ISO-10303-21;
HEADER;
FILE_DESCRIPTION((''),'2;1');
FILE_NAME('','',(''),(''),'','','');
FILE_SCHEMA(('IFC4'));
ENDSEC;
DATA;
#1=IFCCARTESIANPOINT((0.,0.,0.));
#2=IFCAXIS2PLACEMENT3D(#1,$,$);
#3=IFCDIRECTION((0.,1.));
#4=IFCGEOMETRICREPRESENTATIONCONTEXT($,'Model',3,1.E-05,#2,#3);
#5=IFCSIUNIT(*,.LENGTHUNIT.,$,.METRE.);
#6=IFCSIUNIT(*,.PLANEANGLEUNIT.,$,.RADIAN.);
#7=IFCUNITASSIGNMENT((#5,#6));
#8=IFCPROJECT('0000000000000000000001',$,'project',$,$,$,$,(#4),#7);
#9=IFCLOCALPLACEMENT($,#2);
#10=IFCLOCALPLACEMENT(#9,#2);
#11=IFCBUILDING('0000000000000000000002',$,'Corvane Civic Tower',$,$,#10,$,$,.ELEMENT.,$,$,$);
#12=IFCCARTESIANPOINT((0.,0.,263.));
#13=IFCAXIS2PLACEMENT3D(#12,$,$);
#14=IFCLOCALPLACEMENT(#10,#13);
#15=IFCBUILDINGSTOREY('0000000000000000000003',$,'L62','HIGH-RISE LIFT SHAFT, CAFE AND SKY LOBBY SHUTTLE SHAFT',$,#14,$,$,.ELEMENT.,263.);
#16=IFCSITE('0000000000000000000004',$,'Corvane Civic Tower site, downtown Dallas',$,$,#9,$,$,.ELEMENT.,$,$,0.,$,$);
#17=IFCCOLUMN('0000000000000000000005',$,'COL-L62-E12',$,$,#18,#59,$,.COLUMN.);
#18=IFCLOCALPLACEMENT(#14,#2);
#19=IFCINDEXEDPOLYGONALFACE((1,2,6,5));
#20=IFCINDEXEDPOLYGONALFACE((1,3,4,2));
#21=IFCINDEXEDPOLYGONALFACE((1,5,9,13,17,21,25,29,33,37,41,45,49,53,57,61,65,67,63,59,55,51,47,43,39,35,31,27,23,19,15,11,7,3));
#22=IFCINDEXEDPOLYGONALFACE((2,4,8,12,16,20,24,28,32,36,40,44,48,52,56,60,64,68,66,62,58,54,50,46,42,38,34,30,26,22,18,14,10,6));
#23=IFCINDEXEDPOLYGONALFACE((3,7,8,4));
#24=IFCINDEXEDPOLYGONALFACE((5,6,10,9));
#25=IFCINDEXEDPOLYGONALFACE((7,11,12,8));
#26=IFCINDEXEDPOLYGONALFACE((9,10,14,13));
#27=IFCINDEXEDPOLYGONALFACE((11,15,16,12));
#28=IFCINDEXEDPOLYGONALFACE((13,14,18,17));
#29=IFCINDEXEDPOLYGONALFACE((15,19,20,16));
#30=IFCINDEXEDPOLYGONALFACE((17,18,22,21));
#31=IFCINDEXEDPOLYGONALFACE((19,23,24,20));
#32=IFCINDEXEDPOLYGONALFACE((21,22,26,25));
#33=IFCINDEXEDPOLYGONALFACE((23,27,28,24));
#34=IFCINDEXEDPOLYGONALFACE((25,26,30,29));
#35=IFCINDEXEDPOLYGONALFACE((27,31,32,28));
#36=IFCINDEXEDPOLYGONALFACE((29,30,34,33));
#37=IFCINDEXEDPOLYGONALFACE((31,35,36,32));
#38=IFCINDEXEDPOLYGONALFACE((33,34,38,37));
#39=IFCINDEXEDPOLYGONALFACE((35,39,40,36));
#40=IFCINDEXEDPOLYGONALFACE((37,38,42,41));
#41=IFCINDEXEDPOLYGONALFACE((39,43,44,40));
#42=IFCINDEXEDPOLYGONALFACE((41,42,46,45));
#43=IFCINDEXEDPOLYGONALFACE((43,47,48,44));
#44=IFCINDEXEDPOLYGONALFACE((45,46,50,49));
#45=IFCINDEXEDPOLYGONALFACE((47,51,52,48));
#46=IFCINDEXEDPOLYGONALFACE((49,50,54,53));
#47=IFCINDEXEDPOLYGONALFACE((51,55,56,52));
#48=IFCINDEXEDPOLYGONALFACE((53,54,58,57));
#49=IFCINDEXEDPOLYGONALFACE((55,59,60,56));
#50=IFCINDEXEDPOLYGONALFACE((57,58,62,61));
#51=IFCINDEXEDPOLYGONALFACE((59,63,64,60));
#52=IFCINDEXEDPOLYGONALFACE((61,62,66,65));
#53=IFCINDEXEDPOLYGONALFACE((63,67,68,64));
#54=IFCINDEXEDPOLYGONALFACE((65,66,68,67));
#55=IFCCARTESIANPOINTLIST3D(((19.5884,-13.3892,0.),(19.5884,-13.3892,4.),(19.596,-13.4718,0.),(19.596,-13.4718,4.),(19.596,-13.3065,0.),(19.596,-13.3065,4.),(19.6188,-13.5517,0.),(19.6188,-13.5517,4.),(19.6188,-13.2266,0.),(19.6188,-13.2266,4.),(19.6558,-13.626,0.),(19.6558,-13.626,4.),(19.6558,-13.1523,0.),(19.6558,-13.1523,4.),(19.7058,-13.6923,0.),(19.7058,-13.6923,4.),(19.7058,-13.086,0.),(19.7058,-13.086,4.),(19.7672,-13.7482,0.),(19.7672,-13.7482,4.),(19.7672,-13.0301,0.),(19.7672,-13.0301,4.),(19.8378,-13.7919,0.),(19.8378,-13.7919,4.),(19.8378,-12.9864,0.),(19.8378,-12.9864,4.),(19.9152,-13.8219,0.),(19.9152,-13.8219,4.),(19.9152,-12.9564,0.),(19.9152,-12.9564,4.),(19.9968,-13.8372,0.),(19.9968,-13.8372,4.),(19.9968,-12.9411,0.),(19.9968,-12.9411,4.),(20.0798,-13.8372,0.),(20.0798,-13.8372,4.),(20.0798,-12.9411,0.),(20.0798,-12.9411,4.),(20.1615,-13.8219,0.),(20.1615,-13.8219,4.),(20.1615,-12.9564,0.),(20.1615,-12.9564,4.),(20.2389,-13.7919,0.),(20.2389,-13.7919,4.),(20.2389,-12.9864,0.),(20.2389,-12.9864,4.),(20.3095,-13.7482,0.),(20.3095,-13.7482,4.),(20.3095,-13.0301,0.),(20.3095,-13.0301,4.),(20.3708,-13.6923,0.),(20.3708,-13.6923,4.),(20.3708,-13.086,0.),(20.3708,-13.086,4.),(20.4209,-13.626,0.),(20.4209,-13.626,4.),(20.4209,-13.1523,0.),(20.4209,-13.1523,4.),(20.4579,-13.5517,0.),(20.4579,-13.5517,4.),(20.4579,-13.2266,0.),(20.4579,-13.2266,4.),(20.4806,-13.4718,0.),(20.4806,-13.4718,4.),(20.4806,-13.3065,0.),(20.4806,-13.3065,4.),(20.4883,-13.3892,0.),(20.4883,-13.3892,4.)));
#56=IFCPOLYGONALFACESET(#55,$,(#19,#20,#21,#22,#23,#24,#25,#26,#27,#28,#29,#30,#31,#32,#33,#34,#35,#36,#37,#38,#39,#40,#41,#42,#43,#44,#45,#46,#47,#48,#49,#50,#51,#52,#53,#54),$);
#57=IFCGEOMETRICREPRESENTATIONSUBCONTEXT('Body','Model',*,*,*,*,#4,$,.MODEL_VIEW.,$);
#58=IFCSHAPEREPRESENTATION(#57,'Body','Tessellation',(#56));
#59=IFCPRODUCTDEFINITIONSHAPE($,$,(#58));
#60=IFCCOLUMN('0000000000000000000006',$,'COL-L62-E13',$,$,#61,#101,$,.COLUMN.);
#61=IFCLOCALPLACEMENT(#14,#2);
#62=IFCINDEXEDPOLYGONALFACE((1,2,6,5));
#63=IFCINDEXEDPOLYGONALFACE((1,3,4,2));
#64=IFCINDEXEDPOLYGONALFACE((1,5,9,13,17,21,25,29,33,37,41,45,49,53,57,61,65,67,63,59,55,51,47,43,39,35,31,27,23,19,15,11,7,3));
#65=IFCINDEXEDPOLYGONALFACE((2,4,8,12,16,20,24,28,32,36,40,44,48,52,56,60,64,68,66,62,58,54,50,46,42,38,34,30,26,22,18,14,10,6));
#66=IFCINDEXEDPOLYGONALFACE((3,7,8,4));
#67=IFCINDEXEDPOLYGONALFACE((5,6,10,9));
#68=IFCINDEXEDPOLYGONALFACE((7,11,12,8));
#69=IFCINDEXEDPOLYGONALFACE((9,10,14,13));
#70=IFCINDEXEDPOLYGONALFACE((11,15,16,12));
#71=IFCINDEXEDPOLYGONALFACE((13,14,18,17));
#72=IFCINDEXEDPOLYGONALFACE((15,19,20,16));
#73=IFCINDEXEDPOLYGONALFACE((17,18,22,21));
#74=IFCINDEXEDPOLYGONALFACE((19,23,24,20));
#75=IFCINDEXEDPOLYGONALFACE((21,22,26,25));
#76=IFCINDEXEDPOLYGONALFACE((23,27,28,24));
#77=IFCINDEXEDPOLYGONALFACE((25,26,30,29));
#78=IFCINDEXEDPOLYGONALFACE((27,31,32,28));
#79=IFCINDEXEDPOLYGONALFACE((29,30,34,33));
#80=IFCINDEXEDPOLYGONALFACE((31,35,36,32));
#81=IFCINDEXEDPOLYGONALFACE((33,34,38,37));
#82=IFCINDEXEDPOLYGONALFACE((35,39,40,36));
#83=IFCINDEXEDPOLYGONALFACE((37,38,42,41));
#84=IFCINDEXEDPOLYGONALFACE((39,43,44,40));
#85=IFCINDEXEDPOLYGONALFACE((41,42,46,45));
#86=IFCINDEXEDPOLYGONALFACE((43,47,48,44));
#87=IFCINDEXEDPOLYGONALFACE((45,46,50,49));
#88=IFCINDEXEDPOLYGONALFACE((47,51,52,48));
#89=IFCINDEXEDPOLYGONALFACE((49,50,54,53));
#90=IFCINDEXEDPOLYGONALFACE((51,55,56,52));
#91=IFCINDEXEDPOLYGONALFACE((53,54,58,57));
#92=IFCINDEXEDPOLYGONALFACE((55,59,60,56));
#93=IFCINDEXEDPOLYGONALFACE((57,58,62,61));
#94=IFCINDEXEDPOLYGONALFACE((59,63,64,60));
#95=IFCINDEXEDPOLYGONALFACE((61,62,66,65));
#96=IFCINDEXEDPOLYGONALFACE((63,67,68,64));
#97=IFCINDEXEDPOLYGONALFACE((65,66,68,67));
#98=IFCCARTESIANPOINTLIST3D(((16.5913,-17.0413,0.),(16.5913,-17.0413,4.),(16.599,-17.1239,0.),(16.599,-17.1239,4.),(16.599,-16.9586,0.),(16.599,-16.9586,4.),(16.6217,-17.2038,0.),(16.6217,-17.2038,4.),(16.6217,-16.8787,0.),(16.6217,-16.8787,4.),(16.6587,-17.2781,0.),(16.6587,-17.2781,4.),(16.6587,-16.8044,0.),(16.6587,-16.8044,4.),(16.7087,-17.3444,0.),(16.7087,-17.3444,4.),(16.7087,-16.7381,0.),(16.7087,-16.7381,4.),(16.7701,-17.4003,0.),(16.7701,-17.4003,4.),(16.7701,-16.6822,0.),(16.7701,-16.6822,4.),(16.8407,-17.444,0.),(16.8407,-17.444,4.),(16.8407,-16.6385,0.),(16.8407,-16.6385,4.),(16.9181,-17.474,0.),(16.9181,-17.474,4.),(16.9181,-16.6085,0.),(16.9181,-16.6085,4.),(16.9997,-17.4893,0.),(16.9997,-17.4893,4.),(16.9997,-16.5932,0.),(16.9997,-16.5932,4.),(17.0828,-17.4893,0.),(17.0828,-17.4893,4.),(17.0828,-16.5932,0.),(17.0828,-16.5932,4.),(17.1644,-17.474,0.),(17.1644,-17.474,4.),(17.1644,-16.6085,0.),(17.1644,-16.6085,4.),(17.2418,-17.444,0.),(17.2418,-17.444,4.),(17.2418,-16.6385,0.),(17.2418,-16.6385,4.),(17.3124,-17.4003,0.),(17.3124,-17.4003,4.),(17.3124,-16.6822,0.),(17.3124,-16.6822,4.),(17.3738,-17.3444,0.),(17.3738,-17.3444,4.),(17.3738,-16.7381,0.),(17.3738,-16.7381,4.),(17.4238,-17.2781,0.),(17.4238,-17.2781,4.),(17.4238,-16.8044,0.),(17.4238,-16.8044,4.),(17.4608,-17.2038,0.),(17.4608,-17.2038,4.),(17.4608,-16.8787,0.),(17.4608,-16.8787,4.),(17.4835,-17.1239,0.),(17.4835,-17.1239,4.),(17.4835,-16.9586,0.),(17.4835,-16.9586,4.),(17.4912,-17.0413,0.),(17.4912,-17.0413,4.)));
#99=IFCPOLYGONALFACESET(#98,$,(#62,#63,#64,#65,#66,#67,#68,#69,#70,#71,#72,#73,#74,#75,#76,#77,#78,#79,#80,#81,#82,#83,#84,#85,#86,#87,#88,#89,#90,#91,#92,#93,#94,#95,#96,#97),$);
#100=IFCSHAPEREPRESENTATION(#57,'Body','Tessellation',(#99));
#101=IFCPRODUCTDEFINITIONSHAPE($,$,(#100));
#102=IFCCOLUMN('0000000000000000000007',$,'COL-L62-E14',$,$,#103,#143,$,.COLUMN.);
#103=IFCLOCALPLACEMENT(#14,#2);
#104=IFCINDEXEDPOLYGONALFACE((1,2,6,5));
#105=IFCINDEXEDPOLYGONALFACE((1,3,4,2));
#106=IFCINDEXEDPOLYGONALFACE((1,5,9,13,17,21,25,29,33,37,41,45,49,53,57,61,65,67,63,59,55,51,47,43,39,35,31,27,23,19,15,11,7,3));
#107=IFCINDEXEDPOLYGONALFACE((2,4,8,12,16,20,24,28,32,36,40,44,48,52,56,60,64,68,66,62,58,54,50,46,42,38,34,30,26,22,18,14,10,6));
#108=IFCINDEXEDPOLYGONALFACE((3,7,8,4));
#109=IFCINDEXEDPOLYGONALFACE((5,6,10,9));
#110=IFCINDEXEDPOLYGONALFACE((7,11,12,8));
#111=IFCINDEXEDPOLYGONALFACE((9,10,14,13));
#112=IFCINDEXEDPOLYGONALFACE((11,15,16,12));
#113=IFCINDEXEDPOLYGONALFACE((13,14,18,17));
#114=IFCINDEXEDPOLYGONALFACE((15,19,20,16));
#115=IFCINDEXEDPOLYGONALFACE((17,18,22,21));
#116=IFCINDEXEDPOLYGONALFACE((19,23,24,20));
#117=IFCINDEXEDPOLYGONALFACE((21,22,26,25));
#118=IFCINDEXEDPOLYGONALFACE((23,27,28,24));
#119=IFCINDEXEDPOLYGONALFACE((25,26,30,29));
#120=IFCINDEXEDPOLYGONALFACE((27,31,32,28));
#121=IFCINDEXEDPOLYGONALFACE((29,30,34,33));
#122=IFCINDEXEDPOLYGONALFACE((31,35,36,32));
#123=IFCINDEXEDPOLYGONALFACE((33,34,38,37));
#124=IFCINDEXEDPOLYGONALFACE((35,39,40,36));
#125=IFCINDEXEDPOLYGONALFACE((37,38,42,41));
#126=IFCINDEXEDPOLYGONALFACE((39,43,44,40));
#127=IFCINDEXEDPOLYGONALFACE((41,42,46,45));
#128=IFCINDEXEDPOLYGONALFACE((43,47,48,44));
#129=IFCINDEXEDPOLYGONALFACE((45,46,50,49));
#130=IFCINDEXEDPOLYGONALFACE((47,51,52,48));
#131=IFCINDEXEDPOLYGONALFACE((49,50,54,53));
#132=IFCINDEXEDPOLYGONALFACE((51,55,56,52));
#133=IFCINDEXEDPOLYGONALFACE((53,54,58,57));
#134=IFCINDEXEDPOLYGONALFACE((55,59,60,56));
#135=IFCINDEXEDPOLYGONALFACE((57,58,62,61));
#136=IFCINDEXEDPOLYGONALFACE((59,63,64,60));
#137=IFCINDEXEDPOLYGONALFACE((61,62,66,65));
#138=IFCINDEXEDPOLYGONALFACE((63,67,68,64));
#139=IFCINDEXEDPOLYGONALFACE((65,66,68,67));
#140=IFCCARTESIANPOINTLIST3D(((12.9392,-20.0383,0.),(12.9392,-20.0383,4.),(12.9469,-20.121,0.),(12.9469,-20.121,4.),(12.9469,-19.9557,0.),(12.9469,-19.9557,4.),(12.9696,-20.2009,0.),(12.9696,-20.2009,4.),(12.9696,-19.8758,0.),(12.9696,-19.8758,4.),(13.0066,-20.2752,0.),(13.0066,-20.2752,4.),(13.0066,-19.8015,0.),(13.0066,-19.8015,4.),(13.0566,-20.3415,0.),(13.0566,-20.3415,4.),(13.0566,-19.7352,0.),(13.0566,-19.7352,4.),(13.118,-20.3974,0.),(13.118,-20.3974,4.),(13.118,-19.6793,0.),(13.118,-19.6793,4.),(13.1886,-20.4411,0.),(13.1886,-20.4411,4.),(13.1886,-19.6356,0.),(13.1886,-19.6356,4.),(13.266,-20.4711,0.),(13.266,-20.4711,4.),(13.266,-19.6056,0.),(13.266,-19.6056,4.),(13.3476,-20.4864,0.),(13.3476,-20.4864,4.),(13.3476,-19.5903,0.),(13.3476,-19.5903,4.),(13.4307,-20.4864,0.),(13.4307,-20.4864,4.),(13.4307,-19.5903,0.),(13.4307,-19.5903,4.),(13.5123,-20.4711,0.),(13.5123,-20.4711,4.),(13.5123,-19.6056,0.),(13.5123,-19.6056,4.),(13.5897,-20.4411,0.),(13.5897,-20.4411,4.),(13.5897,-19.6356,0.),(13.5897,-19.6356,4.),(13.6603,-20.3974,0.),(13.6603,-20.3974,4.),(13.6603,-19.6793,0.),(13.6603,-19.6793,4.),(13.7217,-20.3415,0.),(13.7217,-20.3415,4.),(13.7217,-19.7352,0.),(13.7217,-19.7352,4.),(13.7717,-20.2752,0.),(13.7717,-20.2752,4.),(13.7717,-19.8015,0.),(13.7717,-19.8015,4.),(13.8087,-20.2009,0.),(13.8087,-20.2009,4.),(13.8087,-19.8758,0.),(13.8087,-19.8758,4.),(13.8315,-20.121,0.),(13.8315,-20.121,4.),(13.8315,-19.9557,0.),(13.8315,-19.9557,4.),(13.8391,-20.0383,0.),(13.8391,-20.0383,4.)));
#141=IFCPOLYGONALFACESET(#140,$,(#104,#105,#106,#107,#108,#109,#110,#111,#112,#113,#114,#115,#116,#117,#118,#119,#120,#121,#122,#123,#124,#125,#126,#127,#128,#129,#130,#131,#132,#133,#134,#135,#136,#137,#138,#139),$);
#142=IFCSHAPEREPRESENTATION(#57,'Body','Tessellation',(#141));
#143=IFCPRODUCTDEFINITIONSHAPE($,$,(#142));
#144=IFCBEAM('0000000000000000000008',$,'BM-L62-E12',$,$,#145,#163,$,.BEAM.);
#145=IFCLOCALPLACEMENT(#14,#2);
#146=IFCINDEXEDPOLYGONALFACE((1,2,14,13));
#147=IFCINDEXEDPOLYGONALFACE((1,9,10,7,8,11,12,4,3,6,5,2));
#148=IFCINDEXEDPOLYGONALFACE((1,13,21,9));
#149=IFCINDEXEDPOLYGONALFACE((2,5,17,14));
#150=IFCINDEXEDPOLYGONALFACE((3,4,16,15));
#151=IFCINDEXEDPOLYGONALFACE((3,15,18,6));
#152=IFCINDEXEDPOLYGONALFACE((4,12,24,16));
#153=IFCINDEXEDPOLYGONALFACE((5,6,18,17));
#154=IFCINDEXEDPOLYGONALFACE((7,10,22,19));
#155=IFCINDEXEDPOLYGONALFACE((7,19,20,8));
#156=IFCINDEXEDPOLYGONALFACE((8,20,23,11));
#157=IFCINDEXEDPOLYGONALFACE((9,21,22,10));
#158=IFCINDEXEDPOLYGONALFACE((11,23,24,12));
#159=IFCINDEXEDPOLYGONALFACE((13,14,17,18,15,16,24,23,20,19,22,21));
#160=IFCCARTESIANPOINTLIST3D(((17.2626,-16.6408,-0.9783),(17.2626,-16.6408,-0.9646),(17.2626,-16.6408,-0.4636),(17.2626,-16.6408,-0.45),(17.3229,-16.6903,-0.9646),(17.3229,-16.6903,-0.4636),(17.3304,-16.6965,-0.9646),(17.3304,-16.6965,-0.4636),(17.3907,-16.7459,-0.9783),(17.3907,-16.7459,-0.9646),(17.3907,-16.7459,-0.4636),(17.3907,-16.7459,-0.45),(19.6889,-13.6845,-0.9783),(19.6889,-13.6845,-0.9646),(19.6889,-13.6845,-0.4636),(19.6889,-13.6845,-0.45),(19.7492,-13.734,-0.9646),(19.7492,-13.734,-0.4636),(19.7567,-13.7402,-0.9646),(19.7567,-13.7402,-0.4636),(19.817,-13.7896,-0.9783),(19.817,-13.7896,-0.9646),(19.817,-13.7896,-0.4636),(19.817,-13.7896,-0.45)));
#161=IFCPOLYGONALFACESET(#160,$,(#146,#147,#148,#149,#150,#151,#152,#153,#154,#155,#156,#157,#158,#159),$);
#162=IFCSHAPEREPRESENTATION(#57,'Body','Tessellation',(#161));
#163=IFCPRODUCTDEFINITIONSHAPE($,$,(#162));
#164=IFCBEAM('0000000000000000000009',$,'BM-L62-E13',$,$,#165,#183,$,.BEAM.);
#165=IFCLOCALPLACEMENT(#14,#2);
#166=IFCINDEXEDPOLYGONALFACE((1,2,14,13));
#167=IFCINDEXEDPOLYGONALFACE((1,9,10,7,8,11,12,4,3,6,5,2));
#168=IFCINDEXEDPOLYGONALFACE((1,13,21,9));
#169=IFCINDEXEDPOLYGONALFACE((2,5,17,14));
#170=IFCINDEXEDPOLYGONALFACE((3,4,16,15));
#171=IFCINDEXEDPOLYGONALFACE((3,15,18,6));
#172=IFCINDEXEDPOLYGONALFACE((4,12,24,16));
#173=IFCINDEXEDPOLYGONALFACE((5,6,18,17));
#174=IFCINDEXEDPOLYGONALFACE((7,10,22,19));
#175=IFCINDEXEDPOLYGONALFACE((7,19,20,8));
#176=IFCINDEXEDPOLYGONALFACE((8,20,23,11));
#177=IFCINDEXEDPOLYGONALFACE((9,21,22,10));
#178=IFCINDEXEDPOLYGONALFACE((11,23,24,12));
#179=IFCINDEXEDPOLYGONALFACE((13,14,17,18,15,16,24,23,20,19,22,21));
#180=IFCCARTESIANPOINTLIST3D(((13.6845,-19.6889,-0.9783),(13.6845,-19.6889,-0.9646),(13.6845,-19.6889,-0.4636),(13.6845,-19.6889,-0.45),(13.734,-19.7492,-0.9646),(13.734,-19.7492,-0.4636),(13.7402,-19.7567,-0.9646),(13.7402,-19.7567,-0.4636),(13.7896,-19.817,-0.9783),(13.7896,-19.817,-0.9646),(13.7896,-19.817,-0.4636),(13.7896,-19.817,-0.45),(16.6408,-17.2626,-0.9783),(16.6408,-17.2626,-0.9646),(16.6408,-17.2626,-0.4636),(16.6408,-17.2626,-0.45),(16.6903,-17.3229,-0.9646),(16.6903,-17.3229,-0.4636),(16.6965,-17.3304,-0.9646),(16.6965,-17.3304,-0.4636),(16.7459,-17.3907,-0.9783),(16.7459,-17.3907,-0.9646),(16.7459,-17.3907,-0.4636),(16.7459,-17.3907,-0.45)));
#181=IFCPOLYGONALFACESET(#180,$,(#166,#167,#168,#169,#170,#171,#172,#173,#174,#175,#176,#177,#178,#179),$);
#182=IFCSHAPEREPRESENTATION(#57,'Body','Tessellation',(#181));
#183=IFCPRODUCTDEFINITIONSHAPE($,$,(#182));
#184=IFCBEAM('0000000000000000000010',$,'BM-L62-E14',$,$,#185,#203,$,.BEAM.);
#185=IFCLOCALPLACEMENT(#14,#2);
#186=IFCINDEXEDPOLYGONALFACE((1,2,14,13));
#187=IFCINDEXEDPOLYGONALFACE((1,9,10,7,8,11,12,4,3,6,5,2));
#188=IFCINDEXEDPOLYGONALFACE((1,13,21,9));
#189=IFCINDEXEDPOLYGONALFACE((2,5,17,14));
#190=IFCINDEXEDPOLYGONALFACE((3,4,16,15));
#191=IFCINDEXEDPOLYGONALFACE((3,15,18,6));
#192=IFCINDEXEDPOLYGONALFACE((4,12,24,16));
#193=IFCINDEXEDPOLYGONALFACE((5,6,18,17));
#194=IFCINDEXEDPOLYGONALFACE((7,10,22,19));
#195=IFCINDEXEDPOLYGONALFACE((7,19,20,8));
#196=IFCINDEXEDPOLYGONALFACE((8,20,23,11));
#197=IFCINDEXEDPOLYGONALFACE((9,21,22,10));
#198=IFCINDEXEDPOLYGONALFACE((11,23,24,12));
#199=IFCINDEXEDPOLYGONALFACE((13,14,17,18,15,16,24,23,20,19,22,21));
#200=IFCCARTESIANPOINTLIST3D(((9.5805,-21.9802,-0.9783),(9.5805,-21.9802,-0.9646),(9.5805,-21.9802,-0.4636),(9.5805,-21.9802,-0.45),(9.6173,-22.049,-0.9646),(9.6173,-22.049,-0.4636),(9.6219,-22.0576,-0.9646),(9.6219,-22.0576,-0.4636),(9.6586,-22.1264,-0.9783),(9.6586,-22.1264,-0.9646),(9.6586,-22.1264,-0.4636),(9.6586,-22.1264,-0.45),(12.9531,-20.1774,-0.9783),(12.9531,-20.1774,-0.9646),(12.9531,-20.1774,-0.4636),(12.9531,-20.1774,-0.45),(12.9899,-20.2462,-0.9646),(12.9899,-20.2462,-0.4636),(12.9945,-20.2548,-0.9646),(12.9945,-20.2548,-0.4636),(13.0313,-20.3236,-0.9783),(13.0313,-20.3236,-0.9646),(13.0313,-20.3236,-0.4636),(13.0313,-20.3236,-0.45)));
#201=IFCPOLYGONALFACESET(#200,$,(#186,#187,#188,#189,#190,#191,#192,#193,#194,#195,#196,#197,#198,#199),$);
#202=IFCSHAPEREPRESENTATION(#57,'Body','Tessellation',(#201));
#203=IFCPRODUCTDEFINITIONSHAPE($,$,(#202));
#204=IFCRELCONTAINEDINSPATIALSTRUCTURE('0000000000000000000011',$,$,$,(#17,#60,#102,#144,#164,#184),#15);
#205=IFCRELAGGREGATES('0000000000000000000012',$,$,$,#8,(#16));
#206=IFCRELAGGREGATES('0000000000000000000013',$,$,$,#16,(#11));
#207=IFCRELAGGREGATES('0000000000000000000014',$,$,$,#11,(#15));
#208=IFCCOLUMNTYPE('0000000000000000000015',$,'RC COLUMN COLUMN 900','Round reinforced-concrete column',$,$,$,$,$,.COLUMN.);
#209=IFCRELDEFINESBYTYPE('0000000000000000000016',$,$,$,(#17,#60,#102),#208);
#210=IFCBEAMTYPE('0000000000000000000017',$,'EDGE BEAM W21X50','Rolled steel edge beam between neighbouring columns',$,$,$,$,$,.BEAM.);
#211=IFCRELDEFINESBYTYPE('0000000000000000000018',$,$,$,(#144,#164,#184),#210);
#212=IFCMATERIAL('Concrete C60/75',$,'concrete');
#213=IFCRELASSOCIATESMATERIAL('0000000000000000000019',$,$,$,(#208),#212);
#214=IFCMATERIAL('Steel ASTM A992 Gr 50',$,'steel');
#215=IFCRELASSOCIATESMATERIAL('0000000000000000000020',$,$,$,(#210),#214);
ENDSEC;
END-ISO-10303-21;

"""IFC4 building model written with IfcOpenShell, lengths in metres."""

from ifc_helpers import new_model, si_unit, direction, frame, origin, origin_2d, place, context, subcontext, project, spatial, circle, i_section, extrude, material, material_profile, profile_set, type_object, element, save


model = new_model("IFC4")

# Units and contexts
model_context = context("Model", 3, precision=1e-05, world=origin(), true_north=direction((0.0, 1.0)))
body_context = subcontext(model_context, "Body", "Model", "MODEL_VIEW")
ifc_project = project(units=[si_unit("LENGTHUNIT", "METRE"), si_unit("PLANEANGLEUNIT", "RADIAN")], contexts=[model_context])

# Site, building, storey
site_placement = place(None, origin())
site = spatial("IfcSite", under=ifc_project, at=site_placement, Name="Corvane Civic Tower site, downtown Dallas", CompositionType="ELEMENT", RefElevation=0.0)
building_placement = place(site_placement, origin())
building = spatial("IfcBuilding", under=site, at=building_placement, Name="Corvane Civic Tower", CompositionType="ELEMENT")
storey_placement = place(building_placement, frame((0.0, 0.0, 263.0)))
storey = spatial("IfcBuildingStorey", under=building, at=storey_placement, Name="L62", Description="HIGH-RISE LIFT SHAFT, CAFE AND SKY LOBBY SHUTTLE SHAFT", CompositionType="ELEMENT", Elevation=263.0)

# Columns
ifc_material_1 = material(Name="Concrete C60/75", Category="concrete")
ifc_material_profile_1 = material_profile(ifc_material_1, circle(Radius=0.45, at=origin_2d()), Name="COLUMN 900")
ifc_profile_set_1 = profile_set([ifc_material_profile_1], Name="Concrete C60/75")
column_type = type_object("IfcColumnType", Name="RC COLUMN COLUMN 900", Description="Round reinforced-concrete column", PredefinedType="COLUMN", material=ifc_profile_set_1)
for number, where, z_axis, x_axis, name in (
    (1, (20.0383, -13.3892, 0.0), (0.0, 0.0, 1.0), (1.0, 0.0, 0.0), "COL-L62-E12"),
    (2, (17.0413, -17.0413, 0.0), (0.0, 0.0, 1.0), (1.0, 0.0, 0.0), "COL-L62-E13"),
    (3, (13.3892, -20.0383, 0.0), (0.0, 0.0, 1.0), (1.0, 0.0, 0.0), "COL-L62-E14"),
):
    element("IfcColumn", number, at=place(storey_placement, frame(where, z_axis=z_axis, x_axis=x_axis)), inside=storey, type_object=column_type, Name=name, PredefinedType="COLUMN", context=body_context, shape_type="SweptSolid", body=[
        extrude(circle(Radius=0.45, at=origin_2d()), origin(), (0.0, 0.0, 1.0), 4.0),
    ])

# Beams
ifc_material_2 = material(Name="Steel ASTM A992 Gr 50", Category="steel")
ifc_material_profile_2 = material_profile(ifc_material_2, i_section(OverallWidth=0.1658, OverallDepth=0.5283, WebThickness=0.0098, FlangeThickness=0.0137, at=origin_2d()), Name="W21X50")
ifc_profile_set_2 = profile_set([ifc_material_profile_2], Name="Steel ASTM A992 Gr 50")
beam_type_1 = type_object("IfcBeamType", Name="EDGE BEAM W21X50", Description="Rolled steel edge beam between neighbouring columns", PredefinedType="BEAM", material=ifc_profile_set_2)
for number, where, z_axis, x_axis, name in (
    (4, (19.7529, -13.7371, -0.7141), (-0.634409, -0.772998, 0.0), (0.772998, -0.634409, 0.0), "BM-L62-E12"),
    (5, (16.6934, -17.3267, -0.7141), (-0.772998, -0.634409, 0.0), (0.634409, -0.772998, 0.0), "BM-L62-E13"),
):
    element("IfcBeam", number, at=place(storey_placement, frame(where, z_axis=z_axis, x_axis=x_axis)), inside=storey, type_object=beam_type_1, Name=name, PredefinedType="BEAM", context=body_context, shape_type="SweptSolid", body=[
        extrude(i_section(OverallWidth=0.1658, OverallDepth=0.5283, WebThickness=0.0098, FlangeThickness=0.0137, at=origin_2d()), origin(), (0.0, 0.0, 1.0), 3.8245),
    ])
beam_1_placement = place(storey_placement, frame((12.9922, -20.2505, -0.7141), z_axis=(-0.881914, -0.47141, 0.0), x_axis=(0.47141, -0.881914, 0.0)))
element("IfcBeam", 6, at=beam_1_placement, inside=storey, type_object=beam_type_1, Name="BM-L62-E14", PredefinedType="BEAM", context=body_context, shape_type="SweptSolid", body=[
    extrude(i_section(OverallWidth=0.1658, OverallDepth=0.5283, WebThickness=0.0098, FlangeThickness=0.0137, at=origin_2d()), origin(), (0.0, 0.0, 1.0), 3.8242),
])

save(model, "model.ifc")
